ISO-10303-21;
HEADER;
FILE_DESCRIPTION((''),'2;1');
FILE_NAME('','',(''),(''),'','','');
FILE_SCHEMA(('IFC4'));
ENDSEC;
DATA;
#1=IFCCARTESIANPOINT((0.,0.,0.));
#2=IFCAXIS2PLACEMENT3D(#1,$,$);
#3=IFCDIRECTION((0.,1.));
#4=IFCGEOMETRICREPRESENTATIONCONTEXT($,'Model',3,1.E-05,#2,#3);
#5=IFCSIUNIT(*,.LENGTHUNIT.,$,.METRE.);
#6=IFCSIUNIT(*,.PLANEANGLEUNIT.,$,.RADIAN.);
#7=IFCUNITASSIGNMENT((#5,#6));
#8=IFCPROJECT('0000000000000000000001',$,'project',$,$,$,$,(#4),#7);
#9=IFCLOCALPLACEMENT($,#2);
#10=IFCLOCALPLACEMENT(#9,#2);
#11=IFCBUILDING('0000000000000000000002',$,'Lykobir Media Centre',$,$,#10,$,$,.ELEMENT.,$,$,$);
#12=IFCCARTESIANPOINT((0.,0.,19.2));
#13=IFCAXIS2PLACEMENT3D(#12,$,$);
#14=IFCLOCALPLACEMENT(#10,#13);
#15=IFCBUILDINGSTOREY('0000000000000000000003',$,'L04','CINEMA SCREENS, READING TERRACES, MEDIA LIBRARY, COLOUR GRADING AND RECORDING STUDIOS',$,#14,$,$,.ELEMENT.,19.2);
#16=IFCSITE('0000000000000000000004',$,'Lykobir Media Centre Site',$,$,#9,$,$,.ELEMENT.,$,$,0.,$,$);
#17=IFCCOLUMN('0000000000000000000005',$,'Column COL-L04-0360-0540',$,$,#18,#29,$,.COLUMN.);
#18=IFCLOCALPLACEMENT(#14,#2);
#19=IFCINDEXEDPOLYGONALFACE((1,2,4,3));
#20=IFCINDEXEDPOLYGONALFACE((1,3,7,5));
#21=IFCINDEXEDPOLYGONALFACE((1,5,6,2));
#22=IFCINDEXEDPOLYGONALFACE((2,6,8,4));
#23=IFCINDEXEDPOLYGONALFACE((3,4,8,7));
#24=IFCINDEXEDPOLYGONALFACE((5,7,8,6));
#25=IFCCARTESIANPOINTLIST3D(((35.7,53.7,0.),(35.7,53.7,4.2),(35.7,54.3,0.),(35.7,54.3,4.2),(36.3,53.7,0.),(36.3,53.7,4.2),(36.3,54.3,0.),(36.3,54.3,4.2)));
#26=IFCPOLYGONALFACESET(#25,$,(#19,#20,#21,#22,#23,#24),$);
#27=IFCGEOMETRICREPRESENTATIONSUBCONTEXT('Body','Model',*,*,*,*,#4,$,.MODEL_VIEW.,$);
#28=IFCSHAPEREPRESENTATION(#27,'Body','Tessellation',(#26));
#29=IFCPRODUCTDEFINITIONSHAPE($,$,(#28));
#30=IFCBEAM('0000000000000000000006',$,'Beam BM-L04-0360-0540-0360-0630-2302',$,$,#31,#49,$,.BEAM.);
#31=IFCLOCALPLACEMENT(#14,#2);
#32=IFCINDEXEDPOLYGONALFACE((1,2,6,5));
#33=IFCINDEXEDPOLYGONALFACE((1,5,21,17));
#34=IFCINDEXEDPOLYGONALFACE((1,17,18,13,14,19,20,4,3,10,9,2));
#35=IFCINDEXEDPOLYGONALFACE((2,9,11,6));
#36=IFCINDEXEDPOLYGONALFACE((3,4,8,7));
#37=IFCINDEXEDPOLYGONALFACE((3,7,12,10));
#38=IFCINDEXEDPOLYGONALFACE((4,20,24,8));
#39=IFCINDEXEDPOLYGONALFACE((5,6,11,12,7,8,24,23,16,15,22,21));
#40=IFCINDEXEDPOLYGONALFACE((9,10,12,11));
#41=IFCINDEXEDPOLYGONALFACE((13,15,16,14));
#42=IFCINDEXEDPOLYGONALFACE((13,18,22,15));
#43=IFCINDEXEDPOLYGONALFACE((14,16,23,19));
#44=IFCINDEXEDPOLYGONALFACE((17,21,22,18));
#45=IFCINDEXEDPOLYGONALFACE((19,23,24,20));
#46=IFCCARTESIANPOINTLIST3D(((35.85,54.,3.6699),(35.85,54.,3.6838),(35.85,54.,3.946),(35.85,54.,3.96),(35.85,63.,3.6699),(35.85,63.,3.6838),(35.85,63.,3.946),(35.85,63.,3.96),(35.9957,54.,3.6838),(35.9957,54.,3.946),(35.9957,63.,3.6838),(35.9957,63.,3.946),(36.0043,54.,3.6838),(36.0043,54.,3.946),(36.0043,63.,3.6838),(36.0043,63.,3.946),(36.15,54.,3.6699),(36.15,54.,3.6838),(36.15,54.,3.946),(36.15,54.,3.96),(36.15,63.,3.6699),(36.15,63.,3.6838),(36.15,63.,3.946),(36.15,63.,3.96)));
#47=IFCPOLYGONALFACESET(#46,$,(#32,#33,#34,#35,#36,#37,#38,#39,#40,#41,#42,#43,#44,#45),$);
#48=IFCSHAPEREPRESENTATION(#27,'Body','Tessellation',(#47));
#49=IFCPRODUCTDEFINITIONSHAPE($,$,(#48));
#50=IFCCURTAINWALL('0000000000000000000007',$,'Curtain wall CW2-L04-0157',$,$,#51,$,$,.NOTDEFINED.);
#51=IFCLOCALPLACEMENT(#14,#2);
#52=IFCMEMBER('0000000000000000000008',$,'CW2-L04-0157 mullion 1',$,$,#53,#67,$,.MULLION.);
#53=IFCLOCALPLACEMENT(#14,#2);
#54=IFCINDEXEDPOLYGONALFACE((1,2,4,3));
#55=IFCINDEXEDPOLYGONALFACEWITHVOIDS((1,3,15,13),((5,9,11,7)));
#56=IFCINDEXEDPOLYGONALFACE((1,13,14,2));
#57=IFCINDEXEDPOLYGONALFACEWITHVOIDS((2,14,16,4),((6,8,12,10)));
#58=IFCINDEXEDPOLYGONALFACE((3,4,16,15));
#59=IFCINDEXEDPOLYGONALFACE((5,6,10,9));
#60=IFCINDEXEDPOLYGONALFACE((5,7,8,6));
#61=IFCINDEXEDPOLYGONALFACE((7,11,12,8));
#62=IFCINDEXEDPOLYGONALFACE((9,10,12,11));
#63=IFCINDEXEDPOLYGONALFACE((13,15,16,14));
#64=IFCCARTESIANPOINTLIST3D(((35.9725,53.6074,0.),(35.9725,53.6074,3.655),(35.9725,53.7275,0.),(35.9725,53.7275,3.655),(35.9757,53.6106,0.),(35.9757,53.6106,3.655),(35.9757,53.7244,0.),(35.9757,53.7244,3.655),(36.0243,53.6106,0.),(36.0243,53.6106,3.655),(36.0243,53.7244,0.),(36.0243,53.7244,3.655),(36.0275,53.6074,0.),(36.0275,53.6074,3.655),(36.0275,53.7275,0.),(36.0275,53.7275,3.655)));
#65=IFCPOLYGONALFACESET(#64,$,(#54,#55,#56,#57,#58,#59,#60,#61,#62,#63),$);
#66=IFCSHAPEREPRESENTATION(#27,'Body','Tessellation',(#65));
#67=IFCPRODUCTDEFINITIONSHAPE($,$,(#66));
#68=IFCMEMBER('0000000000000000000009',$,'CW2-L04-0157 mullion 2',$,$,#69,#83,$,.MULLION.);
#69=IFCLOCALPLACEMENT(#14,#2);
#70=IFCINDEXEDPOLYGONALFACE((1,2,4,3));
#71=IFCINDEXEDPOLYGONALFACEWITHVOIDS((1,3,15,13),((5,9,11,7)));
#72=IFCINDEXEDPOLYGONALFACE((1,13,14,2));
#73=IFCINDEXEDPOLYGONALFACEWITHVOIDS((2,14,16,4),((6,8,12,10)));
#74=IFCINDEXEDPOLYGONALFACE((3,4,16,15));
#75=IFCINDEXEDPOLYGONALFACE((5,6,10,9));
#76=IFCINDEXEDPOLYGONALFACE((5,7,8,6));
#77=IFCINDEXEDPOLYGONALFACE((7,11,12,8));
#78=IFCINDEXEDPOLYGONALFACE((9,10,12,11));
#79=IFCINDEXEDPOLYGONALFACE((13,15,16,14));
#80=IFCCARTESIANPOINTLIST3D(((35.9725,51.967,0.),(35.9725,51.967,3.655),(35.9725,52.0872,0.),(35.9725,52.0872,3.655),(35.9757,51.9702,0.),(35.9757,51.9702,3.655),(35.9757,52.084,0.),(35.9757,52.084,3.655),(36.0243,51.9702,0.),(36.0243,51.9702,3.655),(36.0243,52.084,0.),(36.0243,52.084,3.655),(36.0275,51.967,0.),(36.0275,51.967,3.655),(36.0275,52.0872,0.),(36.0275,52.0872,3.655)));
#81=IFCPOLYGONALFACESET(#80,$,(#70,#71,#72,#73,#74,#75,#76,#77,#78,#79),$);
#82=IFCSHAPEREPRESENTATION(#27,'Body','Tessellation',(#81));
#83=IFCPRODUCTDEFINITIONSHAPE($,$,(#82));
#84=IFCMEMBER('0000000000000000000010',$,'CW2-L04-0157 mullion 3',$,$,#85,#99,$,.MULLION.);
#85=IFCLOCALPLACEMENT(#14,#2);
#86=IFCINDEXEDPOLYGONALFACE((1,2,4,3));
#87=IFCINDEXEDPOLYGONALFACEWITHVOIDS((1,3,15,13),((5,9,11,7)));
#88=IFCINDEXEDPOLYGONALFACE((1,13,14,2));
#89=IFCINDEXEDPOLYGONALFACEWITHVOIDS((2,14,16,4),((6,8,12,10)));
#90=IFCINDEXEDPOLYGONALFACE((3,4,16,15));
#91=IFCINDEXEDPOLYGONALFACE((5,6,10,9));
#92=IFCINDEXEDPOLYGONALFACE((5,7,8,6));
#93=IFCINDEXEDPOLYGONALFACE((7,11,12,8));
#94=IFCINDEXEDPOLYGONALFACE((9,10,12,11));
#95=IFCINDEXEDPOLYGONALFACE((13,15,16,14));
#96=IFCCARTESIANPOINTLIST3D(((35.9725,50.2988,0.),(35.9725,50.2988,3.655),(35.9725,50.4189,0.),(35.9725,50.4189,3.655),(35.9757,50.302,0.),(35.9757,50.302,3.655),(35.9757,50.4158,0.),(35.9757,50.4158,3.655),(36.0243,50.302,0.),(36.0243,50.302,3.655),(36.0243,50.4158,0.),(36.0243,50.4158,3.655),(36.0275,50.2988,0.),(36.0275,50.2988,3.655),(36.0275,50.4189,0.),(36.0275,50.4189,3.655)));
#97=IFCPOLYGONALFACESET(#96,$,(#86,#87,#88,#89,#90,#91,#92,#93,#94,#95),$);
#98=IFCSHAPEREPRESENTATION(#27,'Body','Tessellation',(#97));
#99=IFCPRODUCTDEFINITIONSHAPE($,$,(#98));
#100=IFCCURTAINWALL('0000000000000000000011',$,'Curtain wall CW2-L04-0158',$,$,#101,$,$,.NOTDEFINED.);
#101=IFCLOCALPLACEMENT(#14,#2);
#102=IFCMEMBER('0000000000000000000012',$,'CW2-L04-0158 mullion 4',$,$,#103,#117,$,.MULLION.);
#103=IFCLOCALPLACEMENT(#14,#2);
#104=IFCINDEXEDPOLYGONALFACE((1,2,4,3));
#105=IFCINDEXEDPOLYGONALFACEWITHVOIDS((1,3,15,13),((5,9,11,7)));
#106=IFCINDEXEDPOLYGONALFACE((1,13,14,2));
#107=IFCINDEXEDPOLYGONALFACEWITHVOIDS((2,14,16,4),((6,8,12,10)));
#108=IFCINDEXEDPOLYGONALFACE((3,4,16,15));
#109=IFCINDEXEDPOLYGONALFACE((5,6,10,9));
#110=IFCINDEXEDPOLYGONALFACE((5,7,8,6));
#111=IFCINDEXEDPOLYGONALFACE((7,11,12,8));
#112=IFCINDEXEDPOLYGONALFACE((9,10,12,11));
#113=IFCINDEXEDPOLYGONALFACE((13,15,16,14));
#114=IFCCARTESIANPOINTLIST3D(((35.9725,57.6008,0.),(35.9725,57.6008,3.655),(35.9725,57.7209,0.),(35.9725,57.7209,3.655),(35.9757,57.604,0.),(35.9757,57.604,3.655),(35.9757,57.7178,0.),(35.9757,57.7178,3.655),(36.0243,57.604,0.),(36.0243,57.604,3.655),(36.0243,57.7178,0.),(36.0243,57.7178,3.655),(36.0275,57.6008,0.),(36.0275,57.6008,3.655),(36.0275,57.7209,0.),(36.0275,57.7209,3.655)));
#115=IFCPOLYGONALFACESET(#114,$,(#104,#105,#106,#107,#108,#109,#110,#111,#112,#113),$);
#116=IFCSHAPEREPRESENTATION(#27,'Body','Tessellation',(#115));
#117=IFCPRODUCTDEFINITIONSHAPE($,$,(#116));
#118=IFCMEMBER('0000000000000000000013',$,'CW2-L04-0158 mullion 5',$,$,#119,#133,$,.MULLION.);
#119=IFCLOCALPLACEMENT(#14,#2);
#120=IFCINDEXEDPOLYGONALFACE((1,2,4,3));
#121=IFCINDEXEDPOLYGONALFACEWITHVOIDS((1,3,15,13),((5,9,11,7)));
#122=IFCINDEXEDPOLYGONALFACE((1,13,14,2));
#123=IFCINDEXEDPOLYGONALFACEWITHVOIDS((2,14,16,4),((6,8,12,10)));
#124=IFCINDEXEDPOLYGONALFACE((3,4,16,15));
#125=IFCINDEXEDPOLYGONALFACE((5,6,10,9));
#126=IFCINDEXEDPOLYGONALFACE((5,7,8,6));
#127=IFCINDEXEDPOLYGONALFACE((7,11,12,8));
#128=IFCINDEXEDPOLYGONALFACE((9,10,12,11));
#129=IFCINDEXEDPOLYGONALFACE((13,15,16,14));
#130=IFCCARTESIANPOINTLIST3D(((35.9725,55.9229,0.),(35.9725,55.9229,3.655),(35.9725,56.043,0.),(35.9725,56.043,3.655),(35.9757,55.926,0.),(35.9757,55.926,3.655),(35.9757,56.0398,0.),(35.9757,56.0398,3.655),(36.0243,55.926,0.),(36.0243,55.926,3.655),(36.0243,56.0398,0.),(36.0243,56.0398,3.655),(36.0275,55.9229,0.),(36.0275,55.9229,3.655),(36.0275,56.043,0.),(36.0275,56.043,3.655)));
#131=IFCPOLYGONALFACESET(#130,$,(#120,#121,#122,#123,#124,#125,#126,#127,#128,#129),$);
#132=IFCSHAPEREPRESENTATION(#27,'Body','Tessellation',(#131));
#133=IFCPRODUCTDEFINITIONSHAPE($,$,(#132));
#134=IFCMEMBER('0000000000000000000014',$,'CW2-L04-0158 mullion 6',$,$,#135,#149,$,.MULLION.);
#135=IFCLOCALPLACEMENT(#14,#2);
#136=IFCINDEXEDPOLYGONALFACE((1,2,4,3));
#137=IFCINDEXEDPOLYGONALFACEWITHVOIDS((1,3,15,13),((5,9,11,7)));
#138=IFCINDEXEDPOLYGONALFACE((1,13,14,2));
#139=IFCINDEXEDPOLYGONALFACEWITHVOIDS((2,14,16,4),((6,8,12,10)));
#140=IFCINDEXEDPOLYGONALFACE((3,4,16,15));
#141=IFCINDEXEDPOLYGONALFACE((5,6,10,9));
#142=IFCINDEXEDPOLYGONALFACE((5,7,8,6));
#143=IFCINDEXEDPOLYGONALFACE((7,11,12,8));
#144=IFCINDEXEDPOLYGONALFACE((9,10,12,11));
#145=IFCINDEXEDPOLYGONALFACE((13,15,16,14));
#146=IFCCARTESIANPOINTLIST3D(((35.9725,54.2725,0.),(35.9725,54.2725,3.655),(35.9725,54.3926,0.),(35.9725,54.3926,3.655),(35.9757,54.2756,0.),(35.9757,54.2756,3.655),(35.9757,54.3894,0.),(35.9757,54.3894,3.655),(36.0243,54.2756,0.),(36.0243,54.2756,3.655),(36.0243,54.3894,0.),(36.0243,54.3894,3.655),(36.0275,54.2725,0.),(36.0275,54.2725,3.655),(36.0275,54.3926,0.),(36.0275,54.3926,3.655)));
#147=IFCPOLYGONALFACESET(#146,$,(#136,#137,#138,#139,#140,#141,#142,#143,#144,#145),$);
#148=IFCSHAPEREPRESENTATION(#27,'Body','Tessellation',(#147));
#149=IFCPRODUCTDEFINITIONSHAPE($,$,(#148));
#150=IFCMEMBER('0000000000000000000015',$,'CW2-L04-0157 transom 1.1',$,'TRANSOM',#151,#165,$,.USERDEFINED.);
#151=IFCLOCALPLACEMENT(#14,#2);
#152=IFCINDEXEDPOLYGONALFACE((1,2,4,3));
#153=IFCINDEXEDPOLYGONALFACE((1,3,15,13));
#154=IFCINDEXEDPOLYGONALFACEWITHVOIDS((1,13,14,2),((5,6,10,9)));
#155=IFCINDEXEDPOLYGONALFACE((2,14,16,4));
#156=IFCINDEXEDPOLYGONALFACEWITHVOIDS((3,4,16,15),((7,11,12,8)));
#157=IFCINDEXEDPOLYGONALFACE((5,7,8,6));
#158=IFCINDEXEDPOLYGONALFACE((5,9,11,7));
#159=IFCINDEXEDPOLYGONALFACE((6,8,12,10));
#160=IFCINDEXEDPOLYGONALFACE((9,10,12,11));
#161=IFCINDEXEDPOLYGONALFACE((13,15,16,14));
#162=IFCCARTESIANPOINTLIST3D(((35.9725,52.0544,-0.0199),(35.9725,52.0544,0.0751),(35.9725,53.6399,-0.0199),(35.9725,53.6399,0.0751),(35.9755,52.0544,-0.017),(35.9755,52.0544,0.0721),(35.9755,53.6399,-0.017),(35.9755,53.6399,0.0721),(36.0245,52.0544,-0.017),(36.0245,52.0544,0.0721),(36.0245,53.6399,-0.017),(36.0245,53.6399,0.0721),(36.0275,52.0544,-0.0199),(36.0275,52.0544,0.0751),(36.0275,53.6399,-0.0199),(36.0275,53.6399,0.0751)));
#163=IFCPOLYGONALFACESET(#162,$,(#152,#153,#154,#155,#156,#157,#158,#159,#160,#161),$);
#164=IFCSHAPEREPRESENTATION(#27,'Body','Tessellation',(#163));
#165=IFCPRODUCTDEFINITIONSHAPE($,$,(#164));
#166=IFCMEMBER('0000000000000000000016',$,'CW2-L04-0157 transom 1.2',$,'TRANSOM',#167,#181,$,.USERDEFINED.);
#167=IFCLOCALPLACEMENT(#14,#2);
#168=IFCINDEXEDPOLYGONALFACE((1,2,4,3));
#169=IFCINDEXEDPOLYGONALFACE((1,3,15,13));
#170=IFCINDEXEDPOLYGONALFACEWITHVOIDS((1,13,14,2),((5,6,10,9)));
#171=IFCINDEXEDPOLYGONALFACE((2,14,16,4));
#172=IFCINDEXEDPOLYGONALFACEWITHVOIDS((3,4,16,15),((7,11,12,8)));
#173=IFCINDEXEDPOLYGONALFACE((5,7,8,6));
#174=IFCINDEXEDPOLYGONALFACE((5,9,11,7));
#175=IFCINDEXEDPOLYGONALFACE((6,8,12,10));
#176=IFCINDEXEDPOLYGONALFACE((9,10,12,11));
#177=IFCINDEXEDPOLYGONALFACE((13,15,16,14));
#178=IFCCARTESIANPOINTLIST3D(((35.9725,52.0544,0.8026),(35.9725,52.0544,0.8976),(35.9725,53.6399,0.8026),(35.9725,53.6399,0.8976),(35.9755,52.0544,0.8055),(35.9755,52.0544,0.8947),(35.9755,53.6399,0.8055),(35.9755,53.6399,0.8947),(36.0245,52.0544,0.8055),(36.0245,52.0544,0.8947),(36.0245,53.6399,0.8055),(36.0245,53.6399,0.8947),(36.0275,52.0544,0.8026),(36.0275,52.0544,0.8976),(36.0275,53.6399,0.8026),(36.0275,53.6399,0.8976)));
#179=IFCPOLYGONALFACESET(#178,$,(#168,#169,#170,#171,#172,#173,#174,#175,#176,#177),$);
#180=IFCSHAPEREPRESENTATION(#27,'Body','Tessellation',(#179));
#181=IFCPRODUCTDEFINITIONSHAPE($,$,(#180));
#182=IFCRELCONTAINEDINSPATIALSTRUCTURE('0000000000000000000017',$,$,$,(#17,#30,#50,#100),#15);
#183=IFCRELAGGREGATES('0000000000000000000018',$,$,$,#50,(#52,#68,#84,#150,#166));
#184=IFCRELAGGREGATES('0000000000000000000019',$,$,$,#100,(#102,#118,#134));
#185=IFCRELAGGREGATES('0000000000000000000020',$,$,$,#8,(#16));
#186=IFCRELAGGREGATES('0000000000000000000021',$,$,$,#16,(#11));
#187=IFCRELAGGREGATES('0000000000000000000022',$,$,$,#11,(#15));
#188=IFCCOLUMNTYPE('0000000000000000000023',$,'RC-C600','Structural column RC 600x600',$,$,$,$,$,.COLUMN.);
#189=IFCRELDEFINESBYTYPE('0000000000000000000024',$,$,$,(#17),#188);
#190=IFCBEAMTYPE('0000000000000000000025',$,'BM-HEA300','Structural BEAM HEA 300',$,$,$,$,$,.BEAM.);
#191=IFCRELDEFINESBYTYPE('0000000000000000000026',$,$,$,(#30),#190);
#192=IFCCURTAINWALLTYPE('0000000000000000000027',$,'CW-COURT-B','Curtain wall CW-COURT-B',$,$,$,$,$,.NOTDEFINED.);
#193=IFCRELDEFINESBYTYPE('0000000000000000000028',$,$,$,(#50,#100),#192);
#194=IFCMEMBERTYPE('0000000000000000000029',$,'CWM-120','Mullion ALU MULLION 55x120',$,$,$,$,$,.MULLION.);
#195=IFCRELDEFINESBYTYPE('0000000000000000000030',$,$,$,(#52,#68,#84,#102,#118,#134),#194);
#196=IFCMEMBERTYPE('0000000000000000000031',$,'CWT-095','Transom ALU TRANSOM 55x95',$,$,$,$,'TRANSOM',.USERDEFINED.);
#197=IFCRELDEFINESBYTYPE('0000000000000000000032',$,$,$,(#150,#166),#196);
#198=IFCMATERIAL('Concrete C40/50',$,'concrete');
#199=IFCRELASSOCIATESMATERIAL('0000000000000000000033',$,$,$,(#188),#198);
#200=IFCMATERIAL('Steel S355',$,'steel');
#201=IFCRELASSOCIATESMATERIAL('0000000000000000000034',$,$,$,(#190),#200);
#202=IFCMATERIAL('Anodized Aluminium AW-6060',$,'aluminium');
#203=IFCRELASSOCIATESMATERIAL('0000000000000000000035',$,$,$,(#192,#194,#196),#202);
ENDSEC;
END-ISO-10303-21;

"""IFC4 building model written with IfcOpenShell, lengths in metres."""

from ifc_helpers import new_model, si_unit, direction, frame, origin, origin_2d, place, context, subcontext, project, spatial, rectangle, hollow_rectangle, i_section, extrude, material, material_profile, profile_set, type_object, element, aggregate, save


model = new_model("IFC4")

# Units and contexts
model_context = context("Model", 3, precision=1e-05, world=origin(), true_north=direction((0.0, 1.0)))
body_context = subcontext(model_context, "Body", "Model", "MODEL_VIEW")
ifc_project = project(units=[si_unit("LENGTHUNIT", "METRE"), si_unit("PLANEANGLEUNIT", "RADIAN")], contexts=[model_context])

# Site, building, storey
site_placement = place(None, origin())
site = spatial("IfcSite", under=ifc_project, at=site_placement, Name="Lykobir Media Centre Site", CompositionType="ELEMENT", RefElevation=0.0)
building_placement = place(site_placement, origin())
building = spatial("IfcBuilding", under=site, at=building_placement, Name="Lykobir Media Centre", CompositionType="ELEMENT")
storey_placement = place(building_placement, frame((0.0, 0.0, 19.2)))
storey = spatial("IfcBuildingStorey", under=building, at=storey_placement, Name="L04", Description="CINEMA SCREENS, READING TERRACES, MEDIA LIBRARY, COLOUR GRADING AND RECORDING STUDIOS", CompositionType="ELEMENT", Elevation=19.2)

# Column
ifc_material_1 = material(Name="Concrete C40/50", Category="concrete")
ifc_material_profile_1 = material_profile(ifc_material_1, rectangle(XDim=0.6001, YDim=0.6001, at=origin_2d()), Name="RC 600x600")
ifc_profile_set_1 = profile_set([ifc_material_profile_1], Name="Concrete C40/50")
column_type = type_object("IfcColumnType", Name="RC-C600", Description="Structural column RC 600x600", PredefinedType="COLUMN", material=ifc_profile_set_1)
column_placement = place(storey_placement, frame((36.0, 54.0, 0.0), z_axis=(0.0, 0.0, 1.0), x_axis=(1.0, 0.0, 0.0)))
element("IfcColumn", 1, at=column_placement, inside=storey, type_object=column_type, Name="Column COL-L04-0360-0540", PredefinedType="COLUMN", context=body_context, shape_type="SweptSolid", body=[
    extrude(rectangle(XDim=0.6001, YDim=0.6001, at=origin_2d()), origin(), (0.0, 0.0, 1.0), 4.2),
])

# Beam
ifc_material_2 = material(Name="Steel S355", Category="steel")
ifc_material_profile_2 = material_profile(ifc_material_2, i_section(OverallWidth=0.3, OverallDepth=0.29, WebThickness=0.0085, FlangeThickness=0.0139, at=origin_2d()), Name="HEA 300")
ifc_profile_set_2 = profile_set([ifc_material_profile_2], Name="Steel S355")
beam_type = type_object("IfcBeamType", Name="BM-HEA300", Description="Structural BEAM HEA 300", PredefinedType="BEAM", material=ifc_profile_set_2)
beam_placement = place(storey_placement, frame((36.0, 54.0, 3.8149), z_axis=(0.0, 1.0, 0.0), x_axis=(-1.0, 0.0, 0.0)))
element("IfcBeam", 2, at=beam_placement, inside=storey, type_object=beam_type, Name="Beam BM-L04-0360-0540-0360-0630-2302", PredefinedType="BEAM", context=body_context, shape_type="SweptSolid", body=[
    extrude(i_section(OverallWidth=0.3, OverallDepth=0.29, WebThickness=0.0085, FlangeThickness=0.0139, at=origin_2d()), origin(), (0.0, 0.0, 1.0), 9.0),
])

# Curtain walls, members
ifc_material_3 = material(Name="Anodized Aluminium AW-6060", Category="aluminium")
curtain_wall_type = type_object("IfcCurtainWallType", Name="CW-COURT-B", Description="Curtain wall CW-COURT-B", PredefinedType="NOTDEFINED", material=ifc_material_3)
curtain_wall_1_placement = place(storey_placement, origin())
curtain_wall_1 = element("IfcCurtainWall", 3, at=curtain_wall_1_placement, inside=storey, type_object=curtain_wall_type, Name="Curtain wall CW2-L04-0157", PredefinedType="NOTDEFINED")
ifc_material_profile_3 = material_profile(ifc_material_3, hollow_rectangle(XDim=0.0549, YDim=0.1201, WallThickness=0.0032, at=origin_2d()), Name="ALU MULLION 55x120")
ifc_profile_set_3 = profile_set([ifc_material_profile_3], Name="Anodized Aluminium AW-6060")
member_type_1 = type_object("IfcMemberType", Name="CWM-120", Description="Mullion ALU MULLION 55x120", PredefinedType="MULLION", material=ifc_profile_set_3)
member_1_placement = place(storey_placement, frame((36.0, 53.6675, 0.0), z_axis=(0.0, 0.0, 1.0), x_axis=(1.0, 0.0, 0.0)))
member_1 = element("IfcMember", 4, at=member_1_placement, type_object=member_type_1, Name="CW2-L04-0157 mullion 1", PredefinedType="MULLION", context=body_context, shape_type="SweptSolid", body=[
    extrude(hollow_rectangle(XDim=0.0549, YDim=0.1201, WallThickness=0.0032, at=origin_2d()), origin(), (0.0, 0.0, 1.0), 3.655),
])
member_2_placement = place(storey_placement, frame((36.0, 52.0271, 0.0), z_axis=(0.0, 0.0, 1.0), x_axis=(1.0, 0.0, 0.0)))
member_2 = element("IfcMember", 5, at=member_2_placement, type_object=member_type_1, Name="CW2-L04-0157 mullion 2", PredefinedType="MULLION", context=body_context, shape_type="SweptSolid", body=[
    extrude(hollow_rectangle(XDim=0.0549, YDim=0.1201, WallThickness=0.0032, at=origin_2d()), origin(), (0.0, 0.0, 1.0), 3.655),
])
member_3_placement = place(storey_placement, frame((36.0, 50.3589, 0.0), z_axis=(0.0, 0.0, 1.0), x_axis=(1.0, 0.0, 0.0)))
member_3 = element("IfcMember", 6, at=member_3_placement, type_object=member_type_1, Name="CW2-L04-0157 mullion 3", PredefinedType="MULLION", context=body_context, shape_type="SweptSolid", body=[
    extrude(hollow_rectangle(XDim=0.0549, YDim=0.1201, WallThickness=0.0032, at=origin_2d()), origin(), (0.0, 0.0, 1.0), 3.655),
])
curtain_wall_2_placement = place(storey_placement, origin())
curtain_wall_2 = element("IfcCurtainWall", 7, at=curtain_wall_2_placement, inside=storey, type_object=curtain_wall_type, Name="Curtain wall CW2-L04-0158", PredefinedType="NOTDEFINED")
member_4_placement = place(storey_placement, frame((36.0, 57.6609, 0.0), z_axis=(0.0, 0.0, 1.0), x_axis=(1.0, 0.0, 0.0)))
member_4 = element("IfcMember", 8, at=member_4_placement, type_object=member_type_1, Name="CW2-L04-0158 mullion 4", PredefinedType="MULLION", context=body_context, shape_type="SweptSolid", body=[
    extrude(hollow_rectangle(XDim=0.0549, YDim=0.1201, WallThickness=0.0032, at=origin_2d()), origin(), (0.0, 0.0, 1.0), 3.655),
])
member_5_placement = place(storey_placement, frame((36.0, 55.9829, 0.0), z_axis=(0.0, 0.0, 1.0), x_axis=(1.0, 0.0, 0.0)))
member_5 = element("IfcMember", 9, at=member_5_placement, type_object=member_type_1, Name="CW2-L04-0158 mullion 5", PredefinedType="MULLION", context=body_context, shape_type="SweptSolid", body=[
    extrude(hollow_rectangle(XDim=0.0549, YDim=0.1201, WallThickness=0.0032, at=origin_2d()), origin(), (0.0, 0.0, 1.0), 3.655),
])
member_6_placement = place(storey_placement, frame((36.0, 54.3325, 0.0), z_axis=(0.0, 0.0, 1.0), x_axis=(1.0, 0.0, 0.0)))
member_6 = element("IfcMember", 10, at=member_6_placement, type_object=member_type_1, Name="CW2-L04-0158 mullion 6", PredefinedType="MULLION", context=body_context, shape_type="SweptSolid", body=[
    extrude(hollow_rectangle(XDim=0.0549, YDim=0.1201, WallThickness=0.0032, at=origin_2d()), origin(), (0.0, 0.0, 1.0), 3.655),
])

# Members
ifc_material_profile_4 = material_profile(ifc_material_3, hollow_rectangle(XDim=0.0549, YDim=0.095, WallThickness=0.0029, at=origin_2d()), Name="ALU TRANSOM 55x95")
ifc_profile_set_4 = profile_set([ifc_material_profile_4], Name="Anodized Aluminium AW-6060")
member_type_2 = type_object("IfcMemberType", Name="CWT-095", Description="Transom ALU TRANSOM 55x95", ElementType="TRANSOM", PredefinedType="USERDEFINED", material=ifc_profile_set_4)
member_7_placement = place(storey_placement, frame((36.0, 53.6399, 0.0276), z_axis=(0.0, -1.0, 0.0), x_axis=(1.0, 0.0, 0.0)))
member_7 = element("IfcMember", 11, at=member_7_placement, type_object=member_type_2, Name="CW2-L04-0157 transom 1.1", ObjectType="TRANSOM", PredefinedType="USERDEFINED", context=body_context, shape_type="SweptSolid", body=[
    extrude(hollow_rectangle(XDim=0.0549, YDim=0.095, WallThickness=0.0029, at=origin_2d()), origin(), (0.0, 0.0, 1.0), 1.5854),
])
member_8_placement = place(storey_placement, frame((36.0, 53.6399, 0.8501), z_axis=(0.0, -1.0, 0.0), x_axis=(1.0, 0.0, 0.0)))
member_8 = element("IfcMember", 12, at=member_8_placement, type_object=member_type_2, Name="CW2-L04-0157 transom 1.2", ObjectType="TRANSOM", PredefinedType="USERDEFINED", context=body_context, shape_type="SweptSolid", body=[
    extrude(hollow_rectangle(XDim=0.0549, YDim=0.095, WallThickness=0.0029, at=origin_2d()), origin(), (0.0, 0.0, 1.0), 1.5854),
])

aggregate(curtain_wall_1, [member_1, member_2, member_3, member_7, member_8])
aggregate(curtain_wall_2, [member_4, member_5, member_6])

save(model, "model.ifc")
